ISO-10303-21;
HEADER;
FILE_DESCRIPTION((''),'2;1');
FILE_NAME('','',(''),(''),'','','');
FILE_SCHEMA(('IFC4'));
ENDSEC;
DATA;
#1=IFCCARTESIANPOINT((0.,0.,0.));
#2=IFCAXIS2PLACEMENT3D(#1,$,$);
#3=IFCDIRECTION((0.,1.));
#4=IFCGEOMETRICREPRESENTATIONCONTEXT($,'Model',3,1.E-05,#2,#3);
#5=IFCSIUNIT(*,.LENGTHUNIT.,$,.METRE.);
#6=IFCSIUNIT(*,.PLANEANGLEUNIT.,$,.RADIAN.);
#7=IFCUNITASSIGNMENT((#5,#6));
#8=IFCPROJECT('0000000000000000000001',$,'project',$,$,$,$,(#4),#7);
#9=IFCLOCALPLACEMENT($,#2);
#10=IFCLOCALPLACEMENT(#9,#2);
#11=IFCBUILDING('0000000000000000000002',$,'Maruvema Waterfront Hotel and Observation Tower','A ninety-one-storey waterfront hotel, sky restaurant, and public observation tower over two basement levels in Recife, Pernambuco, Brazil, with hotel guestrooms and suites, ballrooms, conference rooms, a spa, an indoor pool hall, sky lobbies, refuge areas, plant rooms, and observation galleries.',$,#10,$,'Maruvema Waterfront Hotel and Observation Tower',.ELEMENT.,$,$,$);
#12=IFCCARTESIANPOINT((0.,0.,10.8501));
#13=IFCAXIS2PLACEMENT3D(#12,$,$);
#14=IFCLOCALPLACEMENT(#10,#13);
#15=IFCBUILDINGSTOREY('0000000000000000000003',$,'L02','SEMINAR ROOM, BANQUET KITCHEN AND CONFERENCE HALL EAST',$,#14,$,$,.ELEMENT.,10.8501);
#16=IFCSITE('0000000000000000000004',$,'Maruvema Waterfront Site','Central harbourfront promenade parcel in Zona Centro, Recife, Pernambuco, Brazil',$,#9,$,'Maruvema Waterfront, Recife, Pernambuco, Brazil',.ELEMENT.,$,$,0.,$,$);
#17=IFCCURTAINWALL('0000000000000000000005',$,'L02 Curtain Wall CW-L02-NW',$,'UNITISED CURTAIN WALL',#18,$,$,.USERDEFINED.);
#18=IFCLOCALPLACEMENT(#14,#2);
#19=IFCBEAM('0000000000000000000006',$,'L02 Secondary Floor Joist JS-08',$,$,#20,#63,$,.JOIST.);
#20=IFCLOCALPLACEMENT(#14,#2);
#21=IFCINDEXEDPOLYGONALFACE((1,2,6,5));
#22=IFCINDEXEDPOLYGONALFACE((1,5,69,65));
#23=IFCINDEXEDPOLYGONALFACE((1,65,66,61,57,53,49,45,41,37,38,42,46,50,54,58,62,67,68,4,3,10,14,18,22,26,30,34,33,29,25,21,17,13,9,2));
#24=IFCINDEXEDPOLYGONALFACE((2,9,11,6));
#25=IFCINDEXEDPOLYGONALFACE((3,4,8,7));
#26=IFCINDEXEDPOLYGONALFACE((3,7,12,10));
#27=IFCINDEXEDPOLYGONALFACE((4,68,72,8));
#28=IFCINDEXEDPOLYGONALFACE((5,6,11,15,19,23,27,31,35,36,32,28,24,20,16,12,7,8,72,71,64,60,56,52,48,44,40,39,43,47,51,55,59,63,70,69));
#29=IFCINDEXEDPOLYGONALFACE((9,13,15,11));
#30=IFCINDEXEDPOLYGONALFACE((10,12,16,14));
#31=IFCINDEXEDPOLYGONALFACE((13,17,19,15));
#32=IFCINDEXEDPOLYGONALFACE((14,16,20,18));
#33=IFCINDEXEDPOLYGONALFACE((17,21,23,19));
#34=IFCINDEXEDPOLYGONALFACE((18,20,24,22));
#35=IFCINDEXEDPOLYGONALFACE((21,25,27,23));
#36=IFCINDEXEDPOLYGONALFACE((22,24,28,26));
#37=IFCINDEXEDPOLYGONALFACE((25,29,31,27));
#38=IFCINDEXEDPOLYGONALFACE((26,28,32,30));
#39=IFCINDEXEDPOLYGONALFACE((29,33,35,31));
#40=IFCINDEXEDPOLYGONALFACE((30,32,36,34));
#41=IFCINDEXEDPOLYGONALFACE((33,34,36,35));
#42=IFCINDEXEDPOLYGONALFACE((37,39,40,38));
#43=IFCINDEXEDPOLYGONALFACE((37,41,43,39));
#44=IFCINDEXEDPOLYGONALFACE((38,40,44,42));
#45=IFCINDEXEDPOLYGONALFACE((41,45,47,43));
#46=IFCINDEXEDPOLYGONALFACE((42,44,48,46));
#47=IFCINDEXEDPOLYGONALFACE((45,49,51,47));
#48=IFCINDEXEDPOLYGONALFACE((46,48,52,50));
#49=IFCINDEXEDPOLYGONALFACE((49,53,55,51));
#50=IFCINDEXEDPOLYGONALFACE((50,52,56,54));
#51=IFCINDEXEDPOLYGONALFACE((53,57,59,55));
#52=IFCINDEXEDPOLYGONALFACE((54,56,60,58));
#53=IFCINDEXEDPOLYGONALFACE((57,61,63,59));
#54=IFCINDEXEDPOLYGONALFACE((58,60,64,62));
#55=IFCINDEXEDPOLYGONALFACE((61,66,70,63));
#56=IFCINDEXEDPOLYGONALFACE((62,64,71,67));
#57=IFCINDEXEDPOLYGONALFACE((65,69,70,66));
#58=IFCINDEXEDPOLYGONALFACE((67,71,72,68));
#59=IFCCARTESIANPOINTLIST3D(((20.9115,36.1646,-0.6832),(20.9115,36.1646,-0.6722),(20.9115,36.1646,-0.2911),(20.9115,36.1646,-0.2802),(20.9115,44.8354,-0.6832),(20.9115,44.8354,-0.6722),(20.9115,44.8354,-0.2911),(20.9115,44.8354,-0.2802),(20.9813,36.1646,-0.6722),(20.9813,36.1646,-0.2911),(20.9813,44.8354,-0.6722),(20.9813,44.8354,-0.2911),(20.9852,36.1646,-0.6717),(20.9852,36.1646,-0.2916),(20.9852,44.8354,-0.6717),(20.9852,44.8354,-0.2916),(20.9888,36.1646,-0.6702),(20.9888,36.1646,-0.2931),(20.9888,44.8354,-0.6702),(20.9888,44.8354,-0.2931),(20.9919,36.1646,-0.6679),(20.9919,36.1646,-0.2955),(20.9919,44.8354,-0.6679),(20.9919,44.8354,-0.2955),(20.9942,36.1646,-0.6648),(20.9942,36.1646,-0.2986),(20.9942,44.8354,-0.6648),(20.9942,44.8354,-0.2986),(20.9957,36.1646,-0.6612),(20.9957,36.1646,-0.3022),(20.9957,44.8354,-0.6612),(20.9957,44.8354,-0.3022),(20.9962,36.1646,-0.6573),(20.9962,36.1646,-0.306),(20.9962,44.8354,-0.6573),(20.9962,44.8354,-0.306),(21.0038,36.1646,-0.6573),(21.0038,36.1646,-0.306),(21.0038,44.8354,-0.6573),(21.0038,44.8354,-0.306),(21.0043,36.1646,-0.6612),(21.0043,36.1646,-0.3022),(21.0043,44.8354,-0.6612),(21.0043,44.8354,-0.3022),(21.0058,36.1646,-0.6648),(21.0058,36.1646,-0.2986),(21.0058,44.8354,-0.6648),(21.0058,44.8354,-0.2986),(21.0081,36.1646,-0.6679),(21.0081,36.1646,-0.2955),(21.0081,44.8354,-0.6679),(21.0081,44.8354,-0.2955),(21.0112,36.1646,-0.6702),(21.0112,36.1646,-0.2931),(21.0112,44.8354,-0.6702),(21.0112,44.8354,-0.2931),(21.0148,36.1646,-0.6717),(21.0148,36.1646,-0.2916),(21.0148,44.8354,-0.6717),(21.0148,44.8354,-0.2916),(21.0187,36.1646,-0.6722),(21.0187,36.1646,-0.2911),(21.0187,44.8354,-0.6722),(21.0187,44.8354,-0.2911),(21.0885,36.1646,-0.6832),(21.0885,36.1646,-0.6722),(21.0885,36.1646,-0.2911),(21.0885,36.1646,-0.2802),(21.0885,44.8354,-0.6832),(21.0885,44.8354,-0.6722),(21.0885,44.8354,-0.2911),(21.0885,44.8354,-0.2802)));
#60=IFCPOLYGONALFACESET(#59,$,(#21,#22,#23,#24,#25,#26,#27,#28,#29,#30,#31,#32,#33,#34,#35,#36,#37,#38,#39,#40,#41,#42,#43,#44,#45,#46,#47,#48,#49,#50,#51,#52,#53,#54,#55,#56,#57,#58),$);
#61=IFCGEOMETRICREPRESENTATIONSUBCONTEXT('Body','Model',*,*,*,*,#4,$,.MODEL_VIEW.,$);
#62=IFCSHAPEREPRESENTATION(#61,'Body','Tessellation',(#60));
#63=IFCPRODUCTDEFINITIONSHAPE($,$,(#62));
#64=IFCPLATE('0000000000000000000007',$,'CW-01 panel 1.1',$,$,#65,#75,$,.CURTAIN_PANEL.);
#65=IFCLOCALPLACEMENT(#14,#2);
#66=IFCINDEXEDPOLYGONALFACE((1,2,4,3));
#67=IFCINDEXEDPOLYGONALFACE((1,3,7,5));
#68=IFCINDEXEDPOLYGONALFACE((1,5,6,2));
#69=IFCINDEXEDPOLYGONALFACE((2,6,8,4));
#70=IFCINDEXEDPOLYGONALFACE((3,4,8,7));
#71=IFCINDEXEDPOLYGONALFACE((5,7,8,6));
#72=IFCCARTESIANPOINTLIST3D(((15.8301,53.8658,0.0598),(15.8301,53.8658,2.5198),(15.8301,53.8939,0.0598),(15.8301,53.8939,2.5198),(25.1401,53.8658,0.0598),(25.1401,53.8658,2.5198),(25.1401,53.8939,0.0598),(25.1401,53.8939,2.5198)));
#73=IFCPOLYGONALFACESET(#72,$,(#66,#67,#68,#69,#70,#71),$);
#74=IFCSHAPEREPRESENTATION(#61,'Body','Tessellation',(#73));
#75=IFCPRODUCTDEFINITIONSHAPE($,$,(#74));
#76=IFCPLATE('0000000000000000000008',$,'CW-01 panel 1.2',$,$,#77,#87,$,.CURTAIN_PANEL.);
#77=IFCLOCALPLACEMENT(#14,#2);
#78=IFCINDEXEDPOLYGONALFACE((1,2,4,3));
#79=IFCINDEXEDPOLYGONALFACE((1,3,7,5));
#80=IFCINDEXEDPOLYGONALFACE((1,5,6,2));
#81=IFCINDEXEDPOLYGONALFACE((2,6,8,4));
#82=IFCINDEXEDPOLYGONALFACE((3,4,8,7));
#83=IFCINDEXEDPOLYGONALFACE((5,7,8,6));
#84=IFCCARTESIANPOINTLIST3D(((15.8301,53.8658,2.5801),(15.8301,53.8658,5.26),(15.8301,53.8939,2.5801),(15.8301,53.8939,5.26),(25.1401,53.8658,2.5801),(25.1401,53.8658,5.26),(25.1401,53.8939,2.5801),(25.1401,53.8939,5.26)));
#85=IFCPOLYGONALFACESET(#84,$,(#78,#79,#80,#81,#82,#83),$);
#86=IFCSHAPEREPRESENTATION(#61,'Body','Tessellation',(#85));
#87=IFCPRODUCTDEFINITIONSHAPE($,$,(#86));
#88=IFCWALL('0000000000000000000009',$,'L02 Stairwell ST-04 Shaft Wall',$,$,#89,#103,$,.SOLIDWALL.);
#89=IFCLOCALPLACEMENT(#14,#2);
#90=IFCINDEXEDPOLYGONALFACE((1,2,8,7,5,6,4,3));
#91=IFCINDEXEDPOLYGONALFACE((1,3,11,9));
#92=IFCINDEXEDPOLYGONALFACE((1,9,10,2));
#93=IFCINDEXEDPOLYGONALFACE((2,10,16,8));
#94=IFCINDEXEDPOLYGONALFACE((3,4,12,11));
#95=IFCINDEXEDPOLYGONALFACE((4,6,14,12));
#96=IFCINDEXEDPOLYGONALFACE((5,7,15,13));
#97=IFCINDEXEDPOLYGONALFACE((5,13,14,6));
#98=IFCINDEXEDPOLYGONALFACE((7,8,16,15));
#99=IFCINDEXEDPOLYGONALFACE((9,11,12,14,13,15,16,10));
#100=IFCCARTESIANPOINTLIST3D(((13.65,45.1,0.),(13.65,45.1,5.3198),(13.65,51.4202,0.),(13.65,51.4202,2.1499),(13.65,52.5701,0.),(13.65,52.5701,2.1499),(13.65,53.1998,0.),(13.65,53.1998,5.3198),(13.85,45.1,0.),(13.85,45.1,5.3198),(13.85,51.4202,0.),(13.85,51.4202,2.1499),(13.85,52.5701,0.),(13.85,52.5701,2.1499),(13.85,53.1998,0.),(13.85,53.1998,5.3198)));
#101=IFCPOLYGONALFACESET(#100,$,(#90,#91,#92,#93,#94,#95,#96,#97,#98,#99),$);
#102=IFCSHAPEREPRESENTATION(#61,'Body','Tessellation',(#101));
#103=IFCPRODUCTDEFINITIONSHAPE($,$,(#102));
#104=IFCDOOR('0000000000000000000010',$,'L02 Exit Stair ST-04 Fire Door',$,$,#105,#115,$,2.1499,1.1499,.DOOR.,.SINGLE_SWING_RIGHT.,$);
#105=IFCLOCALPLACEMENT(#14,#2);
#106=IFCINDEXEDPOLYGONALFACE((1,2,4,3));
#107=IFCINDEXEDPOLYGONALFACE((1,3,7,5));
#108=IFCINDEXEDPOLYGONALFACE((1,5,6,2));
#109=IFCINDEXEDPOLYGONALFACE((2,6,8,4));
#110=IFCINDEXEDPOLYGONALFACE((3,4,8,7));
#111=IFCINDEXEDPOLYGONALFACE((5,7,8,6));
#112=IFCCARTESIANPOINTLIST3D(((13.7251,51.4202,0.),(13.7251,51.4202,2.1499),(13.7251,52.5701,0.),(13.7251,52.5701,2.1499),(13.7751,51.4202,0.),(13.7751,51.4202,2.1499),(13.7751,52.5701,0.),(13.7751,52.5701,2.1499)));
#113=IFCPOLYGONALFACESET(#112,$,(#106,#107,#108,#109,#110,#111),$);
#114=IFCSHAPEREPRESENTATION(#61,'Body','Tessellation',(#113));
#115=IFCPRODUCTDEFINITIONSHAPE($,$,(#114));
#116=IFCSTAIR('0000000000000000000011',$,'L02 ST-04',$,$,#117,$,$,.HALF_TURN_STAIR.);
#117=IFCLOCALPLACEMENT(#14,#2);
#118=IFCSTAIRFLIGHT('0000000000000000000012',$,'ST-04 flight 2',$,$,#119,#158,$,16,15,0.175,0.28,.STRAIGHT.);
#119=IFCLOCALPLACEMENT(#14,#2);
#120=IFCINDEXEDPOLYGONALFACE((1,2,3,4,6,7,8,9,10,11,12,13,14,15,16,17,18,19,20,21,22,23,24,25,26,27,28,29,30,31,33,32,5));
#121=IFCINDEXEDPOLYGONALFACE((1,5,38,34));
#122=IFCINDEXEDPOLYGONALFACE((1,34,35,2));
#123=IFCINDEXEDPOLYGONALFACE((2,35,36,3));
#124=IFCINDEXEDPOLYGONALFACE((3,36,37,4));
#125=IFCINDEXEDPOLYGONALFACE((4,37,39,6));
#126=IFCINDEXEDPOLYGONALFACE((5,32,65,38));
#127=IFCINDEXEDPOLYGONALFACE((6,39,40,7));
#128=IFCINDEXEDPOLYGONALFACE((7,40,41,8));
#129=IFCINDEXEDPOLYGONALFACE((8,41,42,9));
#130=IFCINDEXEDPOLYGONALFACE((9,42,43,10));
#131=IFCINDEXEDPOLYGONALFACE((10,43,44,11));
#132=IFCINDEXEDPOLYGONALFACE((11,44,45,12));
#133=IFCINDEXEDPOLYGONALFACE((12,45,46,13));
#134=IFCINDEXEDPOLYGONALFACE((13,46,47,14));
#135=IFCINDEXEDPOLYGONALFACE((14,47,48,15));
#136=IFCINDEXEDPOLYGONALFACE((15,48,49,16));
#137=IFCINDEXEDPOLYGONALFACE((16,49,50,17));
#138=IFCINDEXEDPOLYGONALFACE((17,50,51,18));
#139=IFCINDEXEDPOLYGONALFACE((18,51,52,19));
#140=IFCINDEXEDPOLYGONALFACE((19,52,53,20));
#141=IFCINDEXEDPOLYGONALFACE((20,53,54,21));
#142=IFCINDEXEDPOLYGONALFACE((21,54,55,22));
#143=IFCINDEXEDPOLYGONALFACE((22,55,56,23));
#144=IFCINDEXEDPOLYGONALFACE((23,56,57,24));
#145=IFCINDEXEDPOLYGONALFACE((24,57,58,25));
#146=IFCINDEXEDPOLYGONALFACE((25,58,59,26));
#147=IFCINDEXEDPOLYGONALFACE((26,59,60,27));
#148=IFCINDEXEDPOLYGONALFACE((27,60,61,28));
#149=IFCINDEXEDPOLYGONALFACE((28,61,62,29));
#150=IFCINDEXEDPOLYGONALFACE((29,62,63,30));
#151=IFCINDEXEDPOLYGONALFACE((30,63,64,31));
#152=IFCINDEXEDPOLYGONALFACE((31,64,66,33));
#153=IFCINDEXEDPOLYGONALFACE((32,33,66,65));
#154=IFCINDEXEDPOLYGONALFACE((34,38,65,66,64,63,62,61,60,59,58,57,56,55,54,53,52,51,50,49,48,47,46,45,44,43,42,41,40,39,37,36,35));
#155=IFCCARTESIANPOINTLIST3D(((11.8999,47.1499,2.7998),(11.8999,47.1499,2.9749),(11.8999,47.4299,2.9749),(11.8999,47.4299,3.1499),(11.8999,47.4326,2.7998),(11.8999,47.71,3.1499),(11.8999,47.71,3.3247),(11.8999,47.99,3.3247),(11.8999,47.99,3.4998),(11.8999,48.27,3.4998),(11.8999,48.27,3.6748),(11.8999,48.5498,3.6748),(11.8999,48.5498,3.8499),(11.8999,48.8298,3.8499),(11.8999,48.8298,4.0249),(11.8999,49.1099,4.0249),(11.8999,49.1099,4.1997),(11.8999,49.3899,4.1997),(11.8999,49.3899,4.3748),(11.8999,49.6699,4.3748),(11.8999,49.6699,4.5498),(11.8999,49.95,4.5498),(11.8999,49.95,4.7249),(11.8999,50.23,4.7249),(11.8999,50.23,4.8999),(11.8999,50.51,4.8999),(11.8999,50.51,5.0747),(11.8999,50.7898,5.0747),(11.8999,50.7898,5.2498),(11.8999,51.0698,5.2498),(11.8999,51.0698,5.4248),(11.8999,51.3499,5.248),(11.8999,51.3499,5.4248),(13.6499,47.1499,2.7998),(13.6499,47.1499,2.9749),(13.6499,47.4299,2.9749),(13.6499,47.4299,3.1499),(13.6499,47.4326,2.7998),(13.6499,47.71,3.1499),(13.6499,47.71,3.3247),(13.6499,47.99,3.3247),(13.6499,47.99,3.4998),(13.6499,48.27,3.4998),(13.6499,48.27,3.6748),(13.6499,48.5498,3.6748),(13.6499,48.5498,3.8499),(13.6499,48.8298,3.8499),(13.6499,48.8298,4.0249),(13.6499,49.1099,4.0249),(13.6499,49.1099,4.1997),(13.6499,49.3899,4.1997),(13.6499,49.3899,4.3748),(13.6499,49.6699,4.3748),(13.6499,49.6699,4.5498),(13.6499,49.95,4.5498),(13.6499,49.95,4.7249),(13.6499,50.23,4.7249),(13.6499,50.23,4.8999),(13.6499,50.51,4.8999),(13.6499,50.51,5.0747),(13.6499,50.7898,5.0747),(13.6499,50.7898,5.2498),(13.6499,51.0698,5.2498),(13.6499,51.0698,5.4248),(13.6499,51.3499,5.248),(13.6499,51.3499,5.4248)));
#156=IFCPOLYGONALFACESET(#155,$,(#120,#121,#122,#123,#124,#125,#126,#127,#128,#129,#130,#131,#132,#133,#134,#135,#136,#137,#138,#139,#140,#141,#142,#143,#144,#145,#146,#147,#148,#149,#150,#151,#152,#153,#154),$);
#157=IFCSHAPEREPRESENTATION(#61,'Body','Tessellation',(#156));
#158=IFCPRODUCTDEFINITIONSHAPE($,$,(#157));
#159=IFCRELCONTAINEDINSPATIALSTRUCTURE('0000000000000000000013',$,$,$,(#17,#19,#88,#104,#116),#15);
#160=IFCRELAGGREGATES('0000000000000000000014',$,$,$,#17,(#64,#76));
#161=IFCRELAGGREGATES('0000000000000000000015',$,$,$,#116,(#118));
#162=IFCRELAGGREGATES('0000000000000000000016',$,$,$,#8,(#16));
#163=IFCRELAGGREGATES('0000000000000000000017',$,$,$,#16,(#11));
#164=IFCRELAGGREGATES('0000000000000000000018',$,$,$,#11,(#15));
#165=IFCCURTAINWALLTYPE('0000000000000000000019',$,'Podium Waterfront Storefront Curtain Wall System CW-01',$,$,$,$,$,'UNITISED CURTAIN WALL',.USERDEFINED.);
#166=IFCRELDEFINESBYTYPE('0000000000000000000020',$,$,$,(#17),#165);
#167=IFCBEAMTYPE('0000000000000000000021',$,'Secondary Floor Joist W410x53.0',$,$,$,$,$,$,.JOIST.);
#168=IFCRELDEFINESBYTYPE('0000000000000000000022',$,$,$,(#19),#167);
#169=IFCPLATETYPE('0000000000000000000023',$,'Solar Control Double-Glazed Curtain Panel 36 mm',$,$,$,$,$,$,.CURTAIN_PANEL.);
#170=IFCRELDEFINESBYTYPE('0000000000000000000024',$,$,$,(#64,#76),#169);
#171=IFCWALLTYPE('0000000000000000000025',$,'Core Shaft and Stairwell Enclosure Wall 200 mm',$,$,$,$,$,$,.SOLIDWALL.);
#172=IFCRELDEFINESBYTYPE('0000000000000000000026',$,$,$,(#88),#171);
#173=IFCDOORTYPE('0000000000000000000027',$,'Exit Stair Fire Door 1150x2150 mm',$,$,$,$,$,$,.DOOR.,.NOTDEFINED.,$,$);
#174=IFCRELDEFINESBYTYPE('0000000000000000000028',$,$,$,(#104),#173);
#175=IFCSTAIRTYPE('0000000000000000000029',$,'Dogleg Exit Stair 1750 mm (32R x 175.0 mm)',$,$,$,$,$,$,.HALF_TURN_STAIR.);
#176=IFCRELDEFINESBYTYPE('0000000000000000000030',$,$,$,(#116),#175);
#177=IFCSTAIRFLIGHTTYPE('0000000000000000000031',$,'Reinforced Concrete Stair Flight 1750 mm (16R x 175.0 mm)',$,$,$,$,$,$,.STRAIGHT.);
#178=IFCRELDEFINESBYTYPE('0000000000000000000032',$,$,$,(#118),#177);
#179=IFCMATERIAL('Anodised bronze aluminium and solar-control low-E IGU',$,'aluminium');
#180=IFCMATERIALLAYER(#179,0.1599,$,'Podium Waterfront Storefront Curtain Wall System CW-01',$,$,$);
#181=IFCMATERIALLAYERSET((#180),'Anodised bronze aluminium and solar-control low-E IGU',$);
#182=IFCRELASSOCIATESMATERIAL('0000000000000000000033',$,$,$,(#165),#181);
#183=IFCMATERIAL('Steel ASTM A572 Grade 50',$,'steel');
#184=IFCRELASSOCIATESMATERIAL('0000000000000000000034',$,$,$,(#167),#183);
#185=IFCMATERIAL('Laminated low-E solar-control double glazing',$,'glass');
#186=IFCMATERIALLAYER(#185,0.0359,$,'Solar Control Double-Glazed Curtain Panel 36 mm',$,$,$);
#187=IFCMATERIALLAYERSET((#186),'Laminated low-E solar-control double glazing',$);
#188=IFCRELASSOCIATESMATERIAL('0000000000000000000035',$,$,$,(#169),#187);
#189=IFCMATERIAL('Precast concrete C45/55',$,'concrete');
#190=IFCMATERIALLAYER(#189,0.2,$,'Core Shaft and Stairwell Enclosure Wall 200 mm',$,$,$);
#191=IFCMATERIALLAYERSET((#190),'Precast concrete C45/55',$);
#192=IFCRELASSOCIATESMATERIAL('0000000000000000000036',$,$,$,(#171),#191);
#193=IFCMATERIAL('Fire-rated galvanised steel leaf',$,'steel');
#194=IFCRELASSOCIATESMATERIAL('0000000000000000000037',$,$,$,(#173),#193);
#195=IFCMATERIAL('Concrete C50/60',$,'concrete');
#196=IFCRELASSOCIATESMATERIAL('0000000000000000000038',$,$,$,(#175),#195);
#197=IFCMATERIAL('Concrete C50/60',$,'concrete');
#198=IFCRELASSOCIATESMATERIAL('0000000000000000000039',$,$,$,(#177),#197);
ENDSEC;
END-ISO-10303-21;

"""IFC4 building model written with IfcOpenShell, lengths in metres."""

from ifc_helpers import new_model, si_unit, direction, frame, frame_2d, origin, origin_2d, place, context, subcontext, project, spatial, polyline, rectangle, i_section, outline, extrude, material, layer, layer_set, material_profile, profile_set, type_object, element, fill, aggregate, save


model = new_model("IFC4")

# Units and contexts
model_context = context("Model", 3, precision=1e-05, world=origin(), true_north=direction((0.0, 1.0)))
body_context = subcontext(model_context, "Body", "Model", "MODEL_VIEW")
ifc_project = project(units=[si_unit("LENGTHUNIT", "METRE"), si_unit("PLANEANGLEUNIT", "RADIAN")], contexts=[model_context])

# Site, building, storey
site_placement = place(None, origin())
site = spatial("IfcSite", under=ifc_project, at=site_placement, Name="Maruvema Waterfront Site", Description="Central harbourfront promenade parcel in Zona Centro, Recife, Pernambuco, Brazil", LongName="Maruvema Waterfront, Recife, Pernambuco, Brazil", CompositionType="ELEMENT", RefElevation=0.0)
building_placement = place(site_placement, origin())
building = spatial("IfcBuilding", under=site, at=building_placement, Name="Maruvema Waterfront Hotel and Observation Tower", Description="A ninety-one-storey waterfront hotel, sky restaurant, and public observation tower over two basement levels in Recife, Pernambuco, Brazil, with hotel guestrooms and suites, ballrooms, conference rooms, a spa, an indoor pool hall, sky lobbies, refuge areas, plant rooms, and observation galleries.", LongName="Maruvema Waterfront Hotel and Observation Tower", CompositionType="ELEMENT")
storey_placement = place(building_placement, frame((0.0, 0.0, 10.8501)))
storey = spatial("IfcBuildingStorey", under=building, at=storey_placement, Name="L02", Description="SEMINAR ROOM, BANQUET KITCHEN AND CONFERENCE HALL EAST", CompositionType="ELEMENT", Elevation=10.8501)

# Curtain wall
ifc_material_1 = material(Name="Anodised bronze aluminium and solar-control low-E IGU", Category="aluminium")
ifc_layer_1 = layer(ifc_material_1, 0.1599, Name="Podium Waterfront Storefront Curtain Wall System CW-01")
ifc_layer_set_1 = layer_set([ifc_layer_1], Name="Anodised bronze aluminium and solar-control low-E IGU")
curtain_wall_type = type_object("IfcCurtainWallType", Name="Podium Waterfront Storefront Curtain Wall System CW-01", ElementType="UNITISED CURTAIN WALL", PredefinedType="USERDEFINED", material=ifc_layer_set_1)
curtain_wall_placement = place(storey_placement, origin())
curtain_wall = element("IfcCurtainWall", 1, at=curtain_wall_placement, inside=storey, type_object=curtain_wall_type, Name="L02 Curtain Wall CW-L02-NW", ObjectType="UNITISED CURTAIN WALL", PredefinedType="USERDEFINED")

# Beam
ifc_material_2 = material(Name="Steel ASTM A572 Grade 50", Category="steel")
ifc_material_profile_1 = material_profile(ifc_material_2, i_section(OverallWidth=0.177, OverallDepth=0.4031, WebThickness=0.0076, FlangeThickness=0.011, FilletRadius=0.0149, at=origin_2d()), Name="W410x53.0")
ifc_profile_set_1 = profile_set([ifc_material_profile_1], Name="Steel ASTM A572 Grade 50")
beam_type_1 = type_object("IfcBeamType", Name="Secondary Floor Joist W410x53.0", PredefinedType="JOIST", material=ifc_profile_set_1)
beam_1_placement = place(storey_placement, frame((21.0, 36.1646, -0.4817), z_axis=(0.0, 1.0, 0.0), x_axis=(-1.0, 0.0, 0.0)))
element("IfcBeam", 2, at=beam_1_placement, inside=storey, type_object=beam_type_1, Name="L02 Secondary Floor Joist JS-08", PredefinedType="JOIST", context=body_context, shape_type="SweptSolid", body=[
    extrude(i_section(OverallWidth=0.177, OverallDepth=0.4031, WebThickness=0.0076, FlangeThickness=0.011, FilletRadius=0.0149, at=origin_2d()), origin(), (0.0, 0.0, 1.0), 8.6709),
])

# Plates
ifc_material_3 = material(Name="Laminated low-E solar-control double glazing", Category="glass")
ifc_layer_2 = layer(ifc_material_3, 0.0359, Name="Solar Control Double-Glazed Curtain Panel 36 mm")
ifc_layer_set_2 = layer_set([ifc_layer_2], Name="Laminated low-E solar-control double glazing")
plate_type = type_object("IfcPlateType", Name="Solar Control Double-Glazed Curtain Panel 36 mm", PredefinedType="CURTAIN_PANEL", material=ifc_layer_set_2)
plate_1_placement = place(storey_placement, frame((20.4851, 53.8799, 0.0598), z_axis=(0.0, 0.0, 1.0), x_axis=(-1.0, 0.0, 0.0)))
plate_1 = element("IfcPlate", 3, at=plate_1_placement, type_object=plate_type, Name="CW-01 panel 1.1", PredefinedType="CURTAIN_PANEL", context=body_context, shape_type="SweptSolid", body=[
    extrude(rectangle(XDim=9.3101, YDim=0.0281, at=origin_2d()), origin(), (0.0, 0.0, 1.0), 2.46),
])
plate_2_placement = place(storey_placement, frame((20.4851, 53.8799, 2.5801), z_axis=(0.0, 0.0, 1.0), x_axis=(-1.0, 0.0, 0.0)))
plate_2 = element("IfcPlate", 4, at=plate_2_placement, type_object=plate_type, Name="CW-01 panel 1.2", PredefinedType="CURTAIN_PANEL", context=body_context, shape_type="SweptSolid", body=[
    extrude(rectangle(XDim=9.3101, YDim=0.0281, at=origin_2d()), origin(), (0.0, 0.0, 1.0), 2.6799),
])
aggregate(curtain_wall, [plate_1, plate_2])

# Wall, opening, door
ifc_material_4 = material(Name="Precast concrete C45/55", Category="concrete")
ifc_layer_3 = layer(ifc_material_4, 0.2, Name="Core Shaft and Stairwell Enclosure Wall 200 mm")
ifc_layer_set_3 = layer_set([ifc_layer_3], Name="Precast concrete C45/55")
wall_type = type_object("IfcWallType", Name="Core Shaft and Stairwell Enclosure Wall 200 mm", PredefinedType="SOLIDWALL", material=ifc_layer_set_3)
wall_placement = place(storey_placement, frame((13.75, 45.1001, 0.0), z_axis=(0.0, 0.0, 1.0), x_axis=(0.0, 1.0, 0.0)))
wall = element("IfcWall", 5, at=wall_placement, inside=storey, type_object=wall_type, Name="L02 Stairwell ST-04 Shaft Wall", PredefinedType="SOLIDWALL", context=body_context, shape_type="SweptSolid", body=[
    extrude(rectangle(XDim=8.0999, YDim=0.2, at=frame_2d((4.0498, 0.0))), origin(), (0.0, 0.0, 1.0), 5.3198),
])
opening_placement = place(wall_placement, frame((6.3201, 0.0, 0.0)))
opening = element("IfcOpeningElement", 6, at=opening_placement, cuts=wall, PredefinedType="OPENING", context=body_context, shape_type="SweptSolid", body=[
    extrude(rectangle(XDim=1.1499, YDim=2.1499, at=frame_2d((0.575, 1.075))), frame((0.0, 0.1099, 0.0), z_axis=(0.0, -1.0, 0.0), x_axis=(1.0, 0.0, 0.0)), (0.0, 0.0, 1.0), 0.22),
])
ifc_material_5 = material(Name="Fire-rated galvanised steel leaf", Category="steel")
door_type = type_object("IfcDoorType", Name="Exit Stair Fire Door 1150x2150 mm", OperationType="NOTDEFINED", PredefinedType="DOOR", material=ifc_material_5)
door_placement = place(opening_placement, origin())
door = element("IfcDoor", 7, at=door_placement, inside=storey, type_object=door_type, Name="L02 Exit Stair ST-04 Fire Door", OperationType="SINGLE_SWING_RIGHT", OverallHeight=2.1499, OverallWidth=1.1499, PredefinedType="DOOR", context=body_context, shape_type="SweptSolid", body=[
    extrude(rectangle(XDim=1.1499, YDim=2.1499, at=frame_2d((0.575, 1.075))), frame((0.0, 0.0249, 0.0), z_axis=(0.0, -1.0, 0.0), x_axis=(1.0, 0.0, 0.0)), (0.0, 0.0, 1.0), 0.05),
])
fill(opening, door)

# Stair, stair flight
ifc_material_6 = material(Name="Concrete C50/60", Category="concrete")
stair_type = type_object("IfcStairType", Name="Dogleg Exit Stair 1750 mm (32R x 175.0 mm)", PredefinedType="HALF_TURN_STAIR", material=ifc_material_6)
stair_placement = place(storey_placement, origin())
stair = element("IfcStair", 8, at=stair_placement, inside=storey, type_object=stair_type, Name="L02 ST-04", PredefinedType="HALF_TURN_STAIR")
ifc_material_7 = material(Name="Concrete C50/60", Category="concrete")
stair_flight_type = type_object("IfcStairFlightType", Name="Reinforced Concrete Stair Flight 1750 mm (16R x 175.0 mm)", PredefinedType="STRAIGHT", material=ifc_material_7)
stair_flight_placement = place(storey_placement, frame((12.7749, 47.1499, 2.7998), z_axis=(0.0, 0.0, 1.0), x_axis=(0.0, 1.0, 0.0)))
stair_flight = element("IfcStairFlight", 9, at=stair_flight_placement, type_object=stair_flight_type, Name="ST-04 flight 2", NumberOfRisers=16, NumberOfTreads=15, PredefinedType="STRAIGHT", RiserHeight=0.175, TreadLength=0.28, context=body_context, shape_type="SweptSolid", body=[
    extrude(outline(polyline([(0.0, 0.0), (0.0, 0.175), (0.28, 0.175), (0.28, 0.3501), (0.5601, 0.3501), (0.5601, 0.5249), (0.8401, 0.5249), (0.8401, 0.7), (1.1201, 0.7), (1.1201, 0.875), (1.3999, 0.875), (1.3999, 1.05), (1.6799, 1.05), (1.6799, 1.2251), (1.96, 1.2251), (1.96, 1.3999), (2.24, 1.3999), (2.24, 1.575), (2.52, 1.575), (2.52, 1.75), (2.8, 1.75), (2.8, 1.925), (3.0801, 1.925), (3.0801, 2.1001), (3.3601, 2.1001), (3.3601, 2.2749), (3.6399, 2.2749), (3.6399, 2.45), (3.9199, 2.45), (3.9199, 2.625), (4.2, 2.625), (4.2, 2.8), (4.2, 2.4482), (0.2827, 0.0), (0.0, 0.0)])), frame((0.0, 0.875, 0.0), z_axis=(0.0, -1.0, 0.0), x_axis=(1.0, 0.0, 0.0)), (0.0, 0.0, 1.0), 1.75),
])
aggregate(stair, [stair_flight])

save(model, "model.ifc")
